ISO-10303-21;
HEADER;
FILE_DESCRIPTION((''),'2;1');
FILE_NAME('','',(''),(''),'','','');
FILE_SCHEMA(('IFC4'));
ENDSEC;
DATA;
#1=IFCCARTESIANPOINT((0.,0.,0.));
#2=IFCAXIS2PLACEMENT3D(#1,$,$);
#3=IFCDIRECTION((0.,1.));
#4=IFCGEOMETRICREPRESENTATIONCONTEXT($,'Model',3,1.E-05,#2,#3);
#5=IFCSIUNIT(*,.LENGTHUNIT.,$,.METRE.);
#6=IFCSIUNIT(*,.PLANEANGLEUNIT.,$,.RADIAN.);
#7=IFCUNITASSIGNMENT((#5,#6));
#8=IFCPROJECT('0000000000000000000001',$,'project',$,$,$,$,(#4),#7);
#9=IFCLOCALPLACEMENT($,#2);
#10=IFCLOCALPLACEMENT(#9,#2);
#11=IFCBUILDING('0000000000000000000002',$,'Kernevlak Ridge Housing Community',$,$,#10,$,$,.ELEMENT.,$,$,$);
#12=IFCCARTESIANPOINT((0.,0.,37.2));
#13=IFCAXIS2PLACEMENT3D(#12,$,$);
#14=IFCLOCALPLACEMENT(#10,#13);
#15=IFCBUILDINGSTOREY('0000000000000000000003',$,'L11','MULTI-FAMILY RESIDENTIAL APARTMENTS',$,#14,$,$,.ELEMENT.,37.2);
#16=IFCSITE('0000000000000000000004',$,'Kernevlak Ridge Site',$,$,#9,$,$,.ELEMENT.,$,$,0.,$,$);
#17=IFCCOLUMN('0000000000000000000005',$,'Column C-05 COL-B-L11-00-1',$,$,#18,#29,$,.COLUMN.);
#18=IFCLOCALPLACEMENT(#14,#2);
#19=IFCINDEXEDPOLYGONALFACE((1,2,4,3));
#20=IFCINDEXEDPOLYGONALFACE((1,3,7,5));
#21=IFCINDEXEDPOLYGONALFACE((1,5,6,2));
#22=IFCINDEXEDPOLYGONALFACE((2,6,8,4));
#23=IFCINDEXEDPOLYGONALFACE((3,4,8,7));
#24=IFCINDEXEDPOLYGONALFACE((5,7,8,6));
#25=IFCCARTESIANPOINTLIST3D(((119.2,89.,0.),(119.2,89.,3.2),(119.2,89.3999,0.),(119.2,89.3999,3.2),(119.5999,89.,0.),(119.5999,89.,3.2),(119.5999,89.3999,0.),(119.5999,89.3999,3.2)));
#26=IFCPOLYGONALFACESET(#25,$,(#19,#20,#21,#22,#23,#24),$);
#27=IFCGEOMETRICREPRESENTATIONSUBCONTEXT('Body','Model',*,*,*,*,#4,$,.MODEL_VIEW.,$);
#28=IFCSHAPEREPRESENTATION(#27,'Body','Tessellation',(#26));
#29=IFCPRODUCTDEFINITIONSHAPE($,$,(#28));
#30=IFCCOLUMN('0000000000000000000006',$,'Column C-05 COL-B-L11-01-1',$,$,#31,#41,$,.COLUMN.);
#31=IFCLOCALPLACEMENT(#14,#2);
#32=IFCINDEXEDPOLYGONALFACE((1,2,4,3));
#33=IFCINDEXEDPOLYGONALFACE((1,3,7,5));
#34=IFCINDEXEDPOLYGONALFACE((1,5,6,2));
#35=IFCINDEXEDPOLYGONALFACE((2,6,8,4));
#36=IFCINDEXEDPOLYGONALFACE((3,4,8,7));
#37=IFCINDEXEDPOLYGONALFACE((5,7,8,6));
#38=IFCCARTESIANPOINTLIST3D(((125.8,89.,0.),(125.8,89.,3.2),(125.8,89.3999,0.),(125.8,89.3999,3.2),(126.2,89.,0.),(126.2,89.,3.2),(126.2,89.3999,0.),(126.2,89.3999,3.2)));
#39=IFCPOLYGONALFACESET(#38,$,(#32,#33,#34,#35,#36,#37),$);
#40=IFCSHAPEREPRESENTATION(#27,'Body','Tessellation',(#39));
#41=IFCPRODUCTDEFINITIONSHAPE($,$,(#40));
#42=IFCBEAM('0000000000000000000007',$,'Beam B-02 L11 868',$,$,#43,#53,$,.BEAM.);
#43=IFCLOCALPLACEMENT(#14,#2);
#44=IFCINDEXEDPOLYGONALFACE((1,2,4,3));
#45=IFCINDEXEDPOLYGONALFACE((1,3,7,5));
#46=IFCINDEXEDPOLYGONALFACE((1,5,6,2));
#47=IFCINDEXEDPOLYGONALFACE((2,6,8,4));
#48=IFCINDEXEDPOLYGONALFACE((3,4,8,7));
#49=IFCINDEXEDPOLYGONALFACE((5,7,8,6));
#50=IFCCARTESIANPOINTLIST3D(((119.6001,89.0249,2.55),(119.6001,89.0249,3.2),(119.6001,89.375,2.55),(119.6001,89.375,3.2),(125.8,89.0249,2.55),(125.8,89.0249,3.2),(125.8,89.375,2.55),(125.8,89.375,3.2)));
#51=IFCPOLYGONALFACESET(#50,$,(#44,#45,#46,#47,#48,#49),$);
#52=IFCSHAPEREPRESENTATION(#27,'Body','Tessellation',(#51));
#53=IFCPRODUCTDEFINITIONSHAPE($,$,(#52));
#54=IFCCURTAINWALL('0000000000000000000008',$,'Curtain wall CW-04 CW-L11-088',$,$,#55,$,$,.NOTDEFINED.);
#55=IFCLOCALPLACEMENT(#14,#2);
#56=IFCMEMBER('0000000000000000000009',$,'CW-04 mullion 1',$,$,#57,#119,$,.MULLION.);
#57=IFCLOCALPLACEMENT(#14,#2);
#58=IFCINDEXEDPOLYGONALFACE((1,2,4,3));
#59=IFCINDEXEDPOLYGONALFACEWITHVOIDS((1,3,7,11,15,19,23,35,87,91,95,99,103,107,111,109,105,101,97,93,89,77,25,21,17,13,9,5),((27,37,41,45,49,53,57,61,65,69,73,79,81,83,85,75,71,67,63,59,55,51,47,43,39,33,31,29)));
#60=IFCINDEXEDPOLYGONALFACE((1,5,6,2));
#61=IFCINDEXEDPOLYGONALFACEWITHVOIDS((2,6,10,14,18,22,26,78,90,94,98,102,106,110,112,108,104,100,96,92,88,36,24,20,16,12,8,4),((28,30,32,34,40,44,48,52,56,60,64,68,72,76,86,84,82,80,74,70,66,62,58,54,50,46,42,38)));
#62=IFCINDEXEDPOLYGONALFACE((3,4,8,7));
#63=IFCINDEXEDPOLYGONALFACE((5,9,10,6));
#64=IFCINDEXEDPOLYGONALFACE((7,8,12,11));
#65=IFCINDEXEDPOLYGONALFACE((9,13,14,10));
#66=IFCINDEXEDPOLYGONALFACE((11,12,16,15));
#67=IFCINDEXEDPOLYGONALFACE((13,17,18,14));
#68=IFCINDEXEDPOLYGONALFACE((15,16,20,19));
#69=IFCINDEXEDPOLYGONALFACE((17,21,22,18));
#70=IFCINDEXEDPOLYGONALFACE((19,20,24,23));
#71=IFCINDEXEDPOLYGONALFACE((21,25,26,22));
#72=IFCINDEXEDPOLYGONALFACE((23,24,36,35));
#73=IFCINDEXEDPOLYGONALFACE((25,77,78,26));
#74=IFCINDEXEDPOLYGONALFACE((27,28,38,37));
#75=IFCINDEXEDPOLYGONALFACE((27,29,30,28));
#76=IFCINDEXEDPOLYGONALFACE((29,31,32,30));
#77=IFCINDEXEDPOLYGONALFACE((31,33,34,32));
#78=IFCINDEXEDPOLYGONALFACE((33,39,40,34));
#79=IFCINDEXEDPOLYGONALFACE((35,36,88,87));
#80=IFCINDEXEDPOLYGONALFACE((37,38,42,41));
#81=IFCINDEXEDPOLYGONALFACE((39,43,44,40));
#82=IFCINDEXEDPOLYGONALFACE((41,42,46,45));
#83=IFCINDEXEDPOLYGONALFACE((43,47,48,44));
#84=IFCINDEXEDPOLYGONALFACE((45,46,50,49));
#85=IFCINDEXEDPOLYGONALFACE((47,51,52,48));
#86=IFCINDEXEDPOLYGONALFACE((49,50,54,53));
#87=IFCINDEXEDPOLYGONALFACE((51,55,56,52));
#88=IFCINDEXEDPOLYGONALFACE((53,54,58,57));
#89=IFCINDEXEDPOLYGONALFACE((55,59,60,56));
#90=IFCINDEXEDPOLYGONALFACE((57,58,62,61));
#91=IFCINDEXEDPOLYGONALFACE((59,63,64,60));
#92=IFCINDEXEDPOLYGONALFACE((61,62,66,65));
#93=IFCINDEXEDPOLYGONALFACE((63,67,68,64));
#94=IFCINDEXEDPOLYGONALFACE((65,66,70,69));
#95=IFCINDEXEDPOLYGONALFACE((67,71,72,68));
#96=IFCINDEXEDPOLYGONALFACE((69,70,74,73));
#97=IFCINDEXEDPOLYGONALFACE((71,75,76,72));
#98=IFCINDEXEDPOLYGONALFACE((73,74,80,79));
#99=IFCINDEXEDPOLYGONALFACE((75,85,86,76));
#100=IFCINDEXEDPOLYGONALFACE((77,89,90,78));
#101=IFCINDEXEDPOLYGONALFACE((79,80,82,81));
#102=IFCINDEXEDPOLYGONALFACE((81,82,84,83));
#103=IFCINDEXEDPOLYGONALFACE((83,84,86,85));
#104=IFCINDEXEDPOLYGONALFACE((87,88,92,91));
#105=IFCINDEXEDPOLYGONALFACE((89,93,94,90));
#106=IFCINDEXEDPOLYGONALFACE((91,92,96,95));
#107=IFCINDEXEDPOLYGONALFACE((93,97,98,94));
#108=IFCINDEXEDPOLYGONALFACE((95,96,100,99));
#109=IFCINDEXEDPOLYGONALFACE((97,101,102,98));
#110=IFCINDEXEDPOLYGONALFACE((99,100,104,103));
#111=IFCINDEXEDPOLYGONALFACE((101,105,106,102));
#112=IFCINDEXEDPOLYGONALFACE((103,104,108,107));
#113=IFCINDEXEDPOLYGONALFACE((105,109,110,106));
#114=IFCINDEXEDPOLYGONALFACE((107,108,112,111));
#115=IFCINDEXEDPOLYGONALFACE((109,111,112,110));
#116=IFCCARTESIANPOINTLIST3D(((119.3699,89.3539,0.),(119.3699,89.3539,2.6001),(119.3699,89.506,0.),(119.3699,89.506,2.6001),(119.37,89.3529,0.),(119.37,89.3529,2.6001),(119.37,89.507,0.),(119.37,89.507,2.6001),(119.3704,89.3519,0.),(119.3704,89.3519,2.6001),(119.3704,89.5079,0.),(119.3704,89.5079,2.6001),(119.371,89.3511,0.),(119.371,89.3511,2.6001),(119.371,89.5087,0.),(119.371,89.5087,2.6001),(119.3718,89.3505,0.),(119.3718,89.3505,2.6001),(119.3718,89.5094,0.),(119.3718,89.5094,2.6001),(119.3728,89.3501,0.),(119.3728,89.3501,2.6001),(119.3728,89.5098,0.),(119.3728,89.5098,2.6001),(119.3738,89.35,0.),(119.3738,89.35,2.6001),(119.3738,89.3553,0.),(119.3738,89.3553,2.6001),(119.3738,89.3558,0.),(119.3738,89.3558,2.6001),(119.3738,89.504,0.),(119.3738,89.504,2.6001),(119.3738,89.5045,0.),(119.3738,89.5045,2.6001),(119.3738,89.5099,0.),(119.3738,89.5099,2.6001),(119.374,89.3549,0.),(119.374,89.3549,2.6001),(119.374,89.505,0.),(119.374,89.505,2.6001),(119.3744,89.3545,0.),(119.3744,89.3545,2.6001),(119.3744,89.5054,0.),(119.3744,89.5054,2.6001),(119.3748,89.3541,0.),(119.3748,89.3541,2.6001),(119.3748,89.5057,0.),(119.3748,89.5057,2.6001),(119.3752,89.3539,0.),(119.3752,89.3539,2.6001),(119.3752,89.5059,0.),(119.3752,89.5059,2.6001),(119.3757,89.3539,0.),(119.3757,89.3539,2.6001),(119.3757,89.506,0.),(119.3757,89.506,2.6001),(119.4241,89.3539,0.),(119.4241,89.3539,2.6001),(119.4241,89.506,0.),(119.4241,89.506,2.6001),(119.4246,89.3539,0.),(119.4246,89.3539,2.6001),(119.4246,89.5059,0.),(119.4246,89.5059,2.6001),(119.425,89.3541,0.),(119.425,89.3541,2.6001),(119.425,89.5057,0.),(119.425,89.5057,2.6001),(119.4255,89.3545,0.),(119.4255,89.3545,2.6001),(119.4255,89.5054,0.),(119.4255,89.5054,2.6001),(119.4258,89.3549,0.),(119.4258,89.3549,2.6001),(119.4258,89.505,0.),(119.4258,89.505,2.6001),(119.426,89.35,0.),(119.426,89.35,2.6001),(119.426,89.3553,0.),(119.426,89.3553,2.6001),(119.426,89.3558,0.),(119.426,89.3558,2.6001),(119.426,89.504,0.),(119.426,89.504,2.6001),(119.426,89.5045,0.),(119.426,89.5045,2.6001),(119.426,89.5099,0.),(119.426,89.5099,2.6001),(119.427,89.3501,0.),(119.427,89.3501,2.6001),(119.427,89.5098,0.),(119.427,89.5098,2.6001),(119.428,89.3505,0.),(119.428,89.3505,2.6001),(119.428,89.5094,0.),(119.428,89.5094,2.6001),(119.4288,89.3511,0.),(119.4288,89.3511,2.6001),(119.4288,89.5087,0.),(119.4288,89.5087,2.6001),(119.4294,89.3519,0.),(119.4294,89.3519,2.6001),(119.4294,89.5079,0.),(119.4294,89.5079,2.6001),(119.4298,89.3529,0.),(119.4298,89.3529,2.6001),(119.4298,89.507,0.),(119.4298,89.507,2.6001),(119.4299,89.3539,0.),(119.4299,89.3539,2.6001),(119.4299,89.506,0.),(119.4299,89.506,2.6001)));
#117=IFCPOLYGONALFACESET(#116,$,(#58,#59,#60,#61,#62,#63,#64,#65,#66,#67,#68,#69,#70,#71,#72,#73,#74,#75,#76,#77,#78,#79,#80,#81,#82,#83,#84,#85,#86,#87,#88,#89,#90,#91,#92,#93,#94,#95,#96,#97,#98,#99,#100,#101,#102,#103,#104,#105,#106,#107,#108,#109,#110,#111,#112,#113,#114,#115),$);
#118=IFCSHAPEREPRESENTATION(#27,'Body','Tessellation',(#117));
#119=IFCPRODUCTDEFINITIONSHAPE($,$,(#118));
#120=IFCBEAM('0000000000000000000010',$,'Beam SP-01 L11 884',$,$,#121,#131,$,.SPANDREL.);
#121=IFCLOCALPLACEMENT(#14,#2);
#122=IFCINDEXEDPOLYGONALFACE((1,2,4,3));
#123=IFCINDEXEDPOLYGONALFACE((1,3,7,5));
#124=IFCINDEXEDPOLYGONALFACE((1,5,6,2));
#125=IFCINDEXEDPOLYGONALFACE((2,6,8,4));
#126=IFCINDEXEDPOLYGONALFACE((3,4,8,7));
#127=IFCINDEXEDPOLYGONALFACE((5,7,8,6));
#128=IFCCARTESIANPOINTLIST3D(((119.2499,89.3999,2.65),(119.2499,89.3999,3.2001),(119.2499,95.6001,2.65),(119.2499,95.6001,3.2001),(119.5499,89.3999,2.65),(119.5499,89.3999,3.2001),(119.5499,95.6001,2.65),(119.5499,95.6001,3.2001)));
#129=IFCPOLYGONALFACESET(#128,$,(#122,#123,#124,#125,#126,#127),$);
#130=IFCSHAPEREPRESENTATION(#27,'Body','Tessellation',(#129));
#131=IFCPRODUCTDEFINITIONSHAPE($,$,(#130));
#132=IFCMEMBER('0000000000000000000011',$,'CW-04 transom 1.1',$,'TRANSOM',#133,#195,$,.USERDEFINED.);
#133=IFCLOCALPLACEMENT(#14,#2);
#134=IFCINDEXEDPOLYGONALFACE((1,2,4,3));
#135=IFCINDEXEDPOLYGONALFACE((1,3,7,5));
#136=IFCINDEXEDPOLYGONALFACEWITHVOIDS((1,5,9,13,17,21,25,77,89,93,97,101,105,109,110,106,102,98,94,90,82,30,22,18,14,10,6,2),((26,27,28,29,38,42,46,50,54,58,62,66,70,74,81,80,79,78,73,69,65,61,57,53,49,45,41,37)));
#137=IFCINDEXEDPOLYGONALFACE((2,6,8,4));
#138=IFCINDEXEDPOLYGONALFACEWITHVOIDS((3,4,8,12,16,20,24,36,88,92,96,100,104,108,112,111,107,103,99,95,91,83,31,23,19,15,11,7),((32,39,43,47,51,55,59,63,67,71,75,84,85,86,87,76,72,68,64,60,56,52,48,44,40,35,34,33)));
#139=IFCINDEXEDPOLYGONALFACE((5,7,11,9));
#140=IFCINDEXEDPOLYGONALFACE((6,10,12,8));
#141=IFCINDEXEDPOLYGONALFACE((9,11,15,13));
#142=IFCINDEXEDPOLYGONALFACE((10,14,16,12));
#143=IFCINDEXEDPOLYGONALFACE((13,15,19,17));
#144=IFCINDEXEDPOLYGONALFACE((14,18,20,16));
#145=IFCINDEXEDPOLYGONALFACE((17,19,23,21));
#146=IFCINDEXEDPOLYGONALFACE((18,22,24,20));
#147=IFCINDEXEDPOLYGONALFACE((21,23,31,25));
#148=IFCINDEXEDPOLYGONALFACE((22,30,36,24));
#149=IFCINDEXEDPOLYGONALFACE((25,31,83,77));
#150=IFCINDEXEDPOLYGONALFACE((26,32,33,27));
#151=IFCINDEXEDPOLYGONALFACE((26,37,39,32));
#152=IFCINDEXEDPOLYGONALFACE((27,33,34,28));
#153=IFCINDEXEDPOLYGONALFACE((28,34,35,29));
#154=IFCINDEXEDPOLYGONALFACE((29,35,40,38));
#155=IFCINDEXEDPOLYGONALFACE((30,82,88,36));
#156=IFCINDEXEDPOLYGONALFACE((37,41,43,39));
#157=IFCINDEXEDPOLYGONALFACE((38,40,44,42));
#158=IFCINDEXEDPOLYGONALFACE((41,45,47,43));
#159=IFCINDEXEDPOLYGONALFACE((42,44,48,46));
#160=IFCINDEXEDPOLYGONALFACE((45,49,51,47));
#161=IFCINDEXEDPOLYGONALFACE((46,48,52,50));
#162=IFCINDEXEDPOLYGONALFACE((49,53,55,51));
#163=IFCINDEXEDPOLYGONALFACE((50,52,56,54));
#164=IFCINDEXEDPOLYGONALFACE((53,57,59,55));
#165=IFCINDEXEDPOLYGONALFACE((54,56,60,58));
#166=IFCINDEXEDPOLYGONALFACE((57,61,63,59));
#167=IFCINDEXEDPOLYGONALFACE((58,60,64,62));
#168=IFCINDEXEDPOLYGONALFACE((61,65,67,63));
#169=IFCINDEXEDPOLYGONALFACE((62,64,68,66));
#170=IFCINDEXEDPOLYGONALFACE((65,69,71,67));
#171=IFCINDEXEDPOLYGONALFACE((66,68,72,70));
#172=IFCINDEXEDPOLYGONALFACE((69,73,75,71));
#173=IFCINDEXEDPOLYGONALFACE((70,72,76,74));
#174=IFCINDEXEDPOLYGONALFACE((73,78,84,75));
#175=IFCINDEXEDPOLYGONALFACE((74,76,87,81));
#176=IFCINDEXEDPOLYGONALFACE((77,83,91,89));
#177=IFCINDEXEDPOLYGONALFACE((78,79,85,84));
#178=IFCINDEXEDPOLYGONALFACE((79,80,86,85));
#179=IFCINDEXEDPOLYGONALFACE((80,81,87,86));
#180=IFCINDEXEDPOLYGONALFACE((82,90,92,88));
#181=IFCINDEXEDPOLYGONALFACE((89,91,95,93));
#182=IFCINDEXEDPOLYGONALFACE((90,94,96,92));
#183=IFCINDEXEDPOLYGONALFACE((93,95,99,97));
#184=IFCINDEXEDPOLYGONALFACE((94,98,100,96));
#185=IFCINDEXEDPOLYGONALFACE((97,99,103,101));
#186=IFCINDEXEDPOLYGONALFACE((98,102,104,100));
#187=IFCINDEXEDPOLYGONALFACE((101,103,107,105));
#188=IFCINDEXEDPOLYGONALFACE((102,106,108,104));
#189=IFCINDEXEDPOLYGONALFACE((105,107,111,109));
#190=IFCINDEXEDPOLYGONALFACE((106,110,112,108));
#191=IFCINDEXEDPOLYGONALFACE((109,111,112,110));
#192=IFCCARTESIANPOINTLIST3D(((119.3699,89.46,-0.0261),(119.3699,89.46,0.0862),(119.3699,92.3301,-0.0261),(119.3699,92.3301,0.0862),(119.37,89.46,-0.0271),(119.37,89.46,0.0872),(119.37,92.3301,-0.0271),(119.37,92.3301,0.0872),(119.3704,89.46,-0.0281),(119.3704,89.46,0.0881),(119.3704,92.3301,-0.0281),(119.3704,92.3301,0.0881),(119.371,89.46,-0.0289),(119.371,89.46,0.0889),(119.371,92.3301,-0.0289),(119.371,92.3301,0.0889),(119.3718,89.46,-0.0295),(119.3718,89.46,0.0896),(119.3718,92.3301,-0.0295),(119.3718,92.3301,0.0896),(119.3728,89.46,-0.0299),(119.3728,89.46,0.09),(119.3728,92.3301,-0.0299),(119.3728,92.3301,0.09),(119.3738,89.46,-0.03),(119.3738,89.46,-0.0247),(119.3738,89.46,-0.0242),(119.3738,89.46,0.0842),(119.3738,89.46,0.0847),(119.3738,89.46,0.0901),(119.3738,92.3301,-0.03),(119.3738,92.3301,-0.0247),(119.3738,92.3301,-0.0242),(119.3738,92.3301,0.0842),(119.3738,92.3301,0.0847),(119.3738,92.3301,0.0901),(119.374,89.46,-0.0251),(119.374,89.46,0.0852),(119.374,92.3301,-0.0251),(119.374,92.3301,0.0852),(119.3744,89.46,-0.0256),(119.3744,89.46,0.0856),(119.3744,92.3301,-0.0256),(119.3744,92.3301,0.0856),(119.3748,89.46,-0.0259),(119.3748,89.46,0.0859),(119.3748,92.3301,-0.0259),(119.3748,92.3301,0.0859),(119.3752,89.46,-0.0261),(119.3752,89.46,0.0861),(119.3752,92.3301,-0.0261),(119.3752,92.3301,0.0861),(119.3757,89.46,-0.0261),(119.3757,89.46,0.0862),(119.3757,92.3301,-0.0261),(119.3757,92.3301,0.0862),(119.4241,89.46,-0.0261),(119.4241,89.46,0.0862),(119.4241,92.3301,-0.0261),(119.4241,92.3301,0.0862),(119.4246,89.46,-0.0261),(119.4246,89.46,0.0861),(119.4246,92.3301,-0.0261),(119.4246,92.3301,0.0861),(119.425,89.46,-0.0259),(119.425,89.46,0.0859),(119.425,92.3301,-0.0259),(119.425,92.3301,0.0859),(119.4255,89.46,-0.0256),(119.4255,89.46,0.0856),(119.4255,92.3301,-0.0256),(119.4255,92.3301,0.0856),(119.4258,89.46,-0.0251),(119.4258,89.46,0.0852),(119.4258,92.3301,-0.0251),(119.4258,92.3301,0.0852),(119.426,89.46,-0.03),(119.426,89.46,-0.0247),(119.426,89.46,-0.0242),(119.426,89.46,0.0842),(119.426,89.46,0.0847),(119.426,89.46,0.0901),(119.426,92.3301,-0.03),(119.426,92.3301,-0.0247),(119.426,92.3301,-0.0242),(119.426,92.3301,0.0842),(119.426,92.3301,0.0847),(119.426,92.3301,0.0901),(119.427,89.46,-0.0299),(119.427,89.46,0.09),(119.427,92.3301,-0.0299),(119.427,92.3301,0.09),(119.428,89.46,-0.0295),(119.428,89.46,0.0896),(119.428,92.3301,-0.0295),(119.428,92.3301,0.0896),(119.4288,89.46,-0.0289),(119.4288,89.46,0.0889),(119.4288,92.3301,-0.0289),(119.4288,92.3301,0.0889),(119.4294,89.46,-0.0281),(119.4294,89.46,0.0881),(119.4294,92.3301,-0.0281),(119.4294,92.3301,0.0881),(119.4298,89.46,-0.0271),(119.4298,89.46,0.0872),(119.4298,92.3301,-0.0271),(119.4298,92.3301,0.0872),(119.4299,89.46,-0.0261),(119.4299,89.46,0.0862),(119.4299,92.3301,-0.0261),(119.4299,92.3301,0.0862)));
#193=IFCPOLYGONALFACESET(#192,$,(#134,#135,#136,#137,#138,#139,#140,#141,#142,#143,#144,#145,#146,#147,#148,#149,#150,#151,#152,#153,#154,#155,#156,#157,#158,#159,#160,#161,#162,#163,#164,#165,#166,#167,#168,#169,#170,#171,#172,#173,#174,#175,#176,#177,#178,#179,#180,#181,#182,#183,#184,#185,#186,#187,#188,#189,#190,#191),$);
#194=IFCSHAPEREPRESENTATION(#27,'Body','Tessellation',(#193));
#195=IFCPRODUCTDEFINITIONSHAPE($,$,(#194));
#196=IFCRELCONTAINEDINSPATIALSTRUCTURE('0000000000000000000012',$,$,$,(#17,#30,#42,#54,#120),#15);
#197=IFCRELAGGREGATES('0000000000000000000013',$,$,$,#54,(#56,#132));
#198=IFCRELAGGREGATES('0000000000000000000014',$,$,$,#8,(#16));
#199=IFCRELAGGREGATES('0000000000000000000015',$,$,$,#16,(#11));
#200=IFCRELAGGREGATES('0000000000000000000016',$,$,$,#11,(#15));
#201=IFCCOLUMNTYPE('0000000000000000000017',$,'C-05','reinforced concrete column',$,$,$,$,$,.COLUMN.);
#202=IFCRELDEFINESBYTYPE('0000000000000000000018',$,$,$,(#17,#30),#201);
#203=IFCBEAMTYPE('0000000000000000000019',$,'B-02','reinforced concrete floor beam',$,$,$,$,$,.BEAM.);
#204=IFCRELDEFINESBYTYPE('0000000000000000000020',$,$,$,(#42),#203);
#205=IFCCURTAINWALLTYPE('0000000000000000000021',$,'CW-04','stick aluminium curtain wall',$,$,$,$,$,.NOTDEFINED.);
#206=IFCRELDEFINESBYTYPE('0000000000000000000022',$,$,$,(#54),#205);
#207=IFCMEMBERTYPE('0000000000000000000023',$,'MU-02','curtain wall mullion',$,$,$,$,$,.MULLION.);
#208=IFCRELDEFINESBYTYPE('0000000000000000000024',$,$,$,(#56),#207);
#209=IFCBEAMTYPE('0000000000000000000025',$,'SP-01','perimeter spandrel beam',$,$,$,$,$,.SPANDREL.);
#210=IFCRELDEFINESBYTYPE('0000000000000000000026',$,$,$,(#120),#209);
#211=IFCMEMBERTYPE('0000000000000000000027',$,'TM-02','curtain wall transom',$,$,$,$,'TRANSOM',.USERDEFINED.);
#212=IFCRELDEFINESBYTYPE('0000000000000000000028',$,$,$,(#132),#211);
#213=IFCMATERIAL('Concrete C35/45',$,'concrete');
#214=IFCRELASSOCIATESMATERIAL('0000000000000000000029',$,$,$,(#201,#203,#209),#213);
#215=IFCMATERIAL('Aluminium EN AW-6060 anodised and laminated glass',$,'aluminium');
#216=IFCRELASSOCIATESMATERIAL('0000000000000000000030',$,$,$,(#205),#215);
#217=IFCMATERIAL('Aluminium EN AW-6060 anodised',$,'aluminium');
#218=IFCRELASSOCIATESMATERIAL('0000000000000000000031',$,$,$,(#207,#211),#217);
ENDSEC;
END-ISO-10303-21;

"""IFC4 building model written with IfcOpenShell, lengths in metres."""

from ifc_helpers import new_model, si_unit, direction, frame, origin, origin_2d, place, context, subcontext, project, spatial, rectangle, hollow_rectangle, extrude, material, material_profile, profile_set, type_object, element, aggregate, save


model = new_model("IFC4")

# Units and contexts
model_context = context("Model", 3, precision=1e-05, world=origin(), true_north=direction((0.0, 1.0)))
body_context = subcontext(model_context, "Body", "Model", "MODEL_VIEW")
ifc_project = project(units=[si_unit("LENGTHUNIT", "METRE"), si_unit("PLANEANGLEUNIT", "RADIAN")], contexts=[model_context])

# Site, building, storey
site_placement = place(None, origin())
site = spatial("IfcSite", under=ifc_project, at=site_placement, Name="Kernevlak Ridge Site", CompositionType="ELEMENT", RefElevation=0.0)
building_placement = place(site_placement, origin())
building = spatial("IfcBuilding", under=site, at=building_placement, Name="Kernevlak Ridge Housing Community", CompositionType="ELEMENT")
storey_placement = place(building_placement, frame((0.0, 0.0, 37.2)))
storey = spatial("IfcBuildingStorey", under=building, at=storey_placement, Name="L11", Description="MULTI-FAMILY RESIDENTIAL APARTMENTS", CompositionType="ELEMENT", Elevation=37.2)

# Columns
ifc_material_1 = material(Name="Concrete C35/45", Category="concrete")
ifc_material_profile_1 = material_profile(ifc_material_1, rectangle(XDim=0.3999, YDim=0.3999, at=origin_2d()), Name="RC 400x400")
ifc_profile_set_1 = profile_set([ifc_material_profile_1], Name="Concrete C35/45")
column_type = type_object("IfcColumnType", Name="C-05", Description="reinforced concrete column", PredefinedType="COLUMN", material=ifc_profile_set_1)
for number, where, z_axis, x_axis, name in (
    (1, (119.3999, 89.2, 0.0), (0.0, 0.0, 1.0), (1.0, 0.0, 0.0), "Column C-05 COL-B-L11-00-1"),
    (2, (126.0, 89.2, 0.0), (0.0, 0.0, 1.0), (1.0, 0.0, 0.0), "Column C-05 COL-B-L11-01-1"),
):
    element("IfcColumn", number, at=place(storey_placement, frame(where, z_axis=z_axis, x_axis=x_axis)), inside=storey, type_object=column_type, Name=name, PredefinedType="COLUMN", context=body_context, shape_type="SweptSolid", body=[
        extrude(rectangle(XDim=0.3999, YDim=0.3999, at=origin_2d()), origin(), (0.0, 0.0, 1.0), 3.2),
    ])

# Beam
ifc_material_profile_2 = material_profile(ifc_material_1, rectangle(XDim=0.3501, YDim=0.6499, at=origin_2d()), Name="RC 350x650")
ifc_profile_set_2 = profile_set([ifc_material_profile_2], Name="Concrete C35/45")
beam_type_1 = type_object("IfcBeamType", Name="B-02", Description="reinforced concrete floor beam", PredefinedType="BEAM", material=ifc_profile_set_2)
beam_1_placement = place(storey_placement, frame((119.6001, 89.2, 2.875), z_axis=(1.0, 0.0, 0.0), x_axis=(0.0, 1.0, 0.0)))
element("IfcBeam", 3, at=beam_1_placement, inside=storey, type_object=beam_type_1, Name="Beam B-02 L11 868", PredefinedType="BEAM", context=body_context, shape_type="SweptSolid", body=[
    extrude(rectangle(XDim=0.3501, YDim=0.6499, at=origin_2d()), origin(), (0.0, 0.0, 1.0), 6.2),
])

# Curtain wall, member
ifc_material_2 = material(Name="Aluminium EN AW-6060 anodised and laminated glass", Category="aluminium")
curtain_wall_type = type_object("IfcCurtainWallType", Name="CW-04", Description="stick aluminium curtain wall", PredefinedType="NOTDEFINED", material=ifc_material_2)
curtain_wall_placement = place(storey_placement, origin())
curtain_wall = element("IfcCurtainWall", 4, at=curtain_wall_placement, inside=storey, type_object=curtain_wall_type, Name="Curtain wall CW-04 CW-L11-088", PredefinedType="NOTDEFINED")
ifc_material_3 = material(Name="Aluminium EN AW-6060 anodised", Category="aluminium")
ifc_material_profile_3 = material_profile(ifc_material_3, hollow_rectangle(XDim=0.0601, YDim=0.1599, WallThickness=0.0039, InnerFilletRadius=0.002, OuterFilletRadius=0.0039, at=origin_2d()), Name="ALU 60x160x4")
ifc_profile_set_3 = profile_set([ifc_material_profile_3], Name="Aluminium EN AW-6060 anodised")
member_type_1 = type_object("IfcMemberType", Name="MU-02", Description="curtain wall mullion", PredefinedType="MULLION", material=ifc_profile_set_3)
member_1_placement = place(storey_placement, frame((119.3999, 89.4299, 0.0), z_axis=(0.0, 0.0, 1.0), x_axis=(-1.0, 0.0, 0.0)))
member_1 = element("IfcMember", 5, at=member_1_placement, type_object=member_type_1, Name="CW-04 mullion 1", PredefinedType="MULLION", context=body_context, shape_type="SweptSolid", body=[
    extrude(hollow_rectangle(XDim=0.0601, YDim=0.1599, WallThickness=0.0039, InnerFilletRadius=0.002, OuterFilletRadius=0.0039, at=origin_2d()), origin(), (0.0, 0.0, 1.0), 2.6001),
])

# Beam
ifc_material_profile_4 = material_profile(ifc_material_1, rectangle(XDim=0.3, YDim=0.55, at=origin_2d()), Name="RC 300x550")
ifc_profile_set_4 = profile_set([ifc_material_profile_4], Name="Concrete C35/45")
beam_type_2 = type_object("IfcBeamType", Name="SP-01", Description="perimeter spandrel beam", PredefinedType="SPANDREL", material=ifc_profile_set_4)
beam_2_placement = place(storey_placement, frame((119.3999, 89.3999, 2.925), z_axis=(0.0, 1.0, 0.0), x_axis=(-1.0, 0.0, 0.0)))
element("IfcBeam", 6, at=beam_2_placement, inside=storey, type_object=beam_type_2, Name="Beam SP-01 L11 884", PredefinedType="SPANDREL", context=body_context, shape_type="SweptSolid", body=[
    extrude(rectangle(XDim=0.3, YDim=0.55, at=origin_2d()), origin(), (0.0, 0.0, 1.0), 6.2002),
])

# Member
ifc_material_profile_5 = material_profile(ifc_material_3, hollow_rectangle(XDim=0.0601, YDim=0.1201, WallThickness=0.0039, InnerFilletRadius=0.002, OuterFilletRadius=0.0039, at=origin_2d()), Name="ALU 60x120x4")
ifc_profile_set_5 = profile_set([ifc_material_profile_5], Name="Aluminium EN AW-6060 anodised")
member_type_2 = type_object("IfcMemberType", Name="TM-02", Description="curtain wall transom", ElementType="TRANSOM", PredefinedType="USERDEFINED", material=ifc_profile_set_5)
member_2_placement = place(storey_placement, frame((119.3999, 89.46, 0.03), z_axis=(0.0, 1.0, 0.0), x_axis=(-1.0, 0.0, 0.0)))
member_2 = element("IfcMember", 7, at=member_2_placement, type_object=member_type_2, Name="CW-04 transom 1.1", ObjectType="TRANSOM", PredefinedType="USERDEFINED", context=body_context, shape_type="SweptSolid", body=[
    extrude(hollow_rectangle(XDim=0.0601, YDim=0.1201, WallThickness=0.0039, InnerFilletRadius=0.002, OuterFilletRadius=0.0039, at=origin_2d()), origin(), (0.0, 0.0, 1.0), 2.8701),
])
aggregate(curtain_wall, [member_1, member_2])

save(model, "model.ifc")
